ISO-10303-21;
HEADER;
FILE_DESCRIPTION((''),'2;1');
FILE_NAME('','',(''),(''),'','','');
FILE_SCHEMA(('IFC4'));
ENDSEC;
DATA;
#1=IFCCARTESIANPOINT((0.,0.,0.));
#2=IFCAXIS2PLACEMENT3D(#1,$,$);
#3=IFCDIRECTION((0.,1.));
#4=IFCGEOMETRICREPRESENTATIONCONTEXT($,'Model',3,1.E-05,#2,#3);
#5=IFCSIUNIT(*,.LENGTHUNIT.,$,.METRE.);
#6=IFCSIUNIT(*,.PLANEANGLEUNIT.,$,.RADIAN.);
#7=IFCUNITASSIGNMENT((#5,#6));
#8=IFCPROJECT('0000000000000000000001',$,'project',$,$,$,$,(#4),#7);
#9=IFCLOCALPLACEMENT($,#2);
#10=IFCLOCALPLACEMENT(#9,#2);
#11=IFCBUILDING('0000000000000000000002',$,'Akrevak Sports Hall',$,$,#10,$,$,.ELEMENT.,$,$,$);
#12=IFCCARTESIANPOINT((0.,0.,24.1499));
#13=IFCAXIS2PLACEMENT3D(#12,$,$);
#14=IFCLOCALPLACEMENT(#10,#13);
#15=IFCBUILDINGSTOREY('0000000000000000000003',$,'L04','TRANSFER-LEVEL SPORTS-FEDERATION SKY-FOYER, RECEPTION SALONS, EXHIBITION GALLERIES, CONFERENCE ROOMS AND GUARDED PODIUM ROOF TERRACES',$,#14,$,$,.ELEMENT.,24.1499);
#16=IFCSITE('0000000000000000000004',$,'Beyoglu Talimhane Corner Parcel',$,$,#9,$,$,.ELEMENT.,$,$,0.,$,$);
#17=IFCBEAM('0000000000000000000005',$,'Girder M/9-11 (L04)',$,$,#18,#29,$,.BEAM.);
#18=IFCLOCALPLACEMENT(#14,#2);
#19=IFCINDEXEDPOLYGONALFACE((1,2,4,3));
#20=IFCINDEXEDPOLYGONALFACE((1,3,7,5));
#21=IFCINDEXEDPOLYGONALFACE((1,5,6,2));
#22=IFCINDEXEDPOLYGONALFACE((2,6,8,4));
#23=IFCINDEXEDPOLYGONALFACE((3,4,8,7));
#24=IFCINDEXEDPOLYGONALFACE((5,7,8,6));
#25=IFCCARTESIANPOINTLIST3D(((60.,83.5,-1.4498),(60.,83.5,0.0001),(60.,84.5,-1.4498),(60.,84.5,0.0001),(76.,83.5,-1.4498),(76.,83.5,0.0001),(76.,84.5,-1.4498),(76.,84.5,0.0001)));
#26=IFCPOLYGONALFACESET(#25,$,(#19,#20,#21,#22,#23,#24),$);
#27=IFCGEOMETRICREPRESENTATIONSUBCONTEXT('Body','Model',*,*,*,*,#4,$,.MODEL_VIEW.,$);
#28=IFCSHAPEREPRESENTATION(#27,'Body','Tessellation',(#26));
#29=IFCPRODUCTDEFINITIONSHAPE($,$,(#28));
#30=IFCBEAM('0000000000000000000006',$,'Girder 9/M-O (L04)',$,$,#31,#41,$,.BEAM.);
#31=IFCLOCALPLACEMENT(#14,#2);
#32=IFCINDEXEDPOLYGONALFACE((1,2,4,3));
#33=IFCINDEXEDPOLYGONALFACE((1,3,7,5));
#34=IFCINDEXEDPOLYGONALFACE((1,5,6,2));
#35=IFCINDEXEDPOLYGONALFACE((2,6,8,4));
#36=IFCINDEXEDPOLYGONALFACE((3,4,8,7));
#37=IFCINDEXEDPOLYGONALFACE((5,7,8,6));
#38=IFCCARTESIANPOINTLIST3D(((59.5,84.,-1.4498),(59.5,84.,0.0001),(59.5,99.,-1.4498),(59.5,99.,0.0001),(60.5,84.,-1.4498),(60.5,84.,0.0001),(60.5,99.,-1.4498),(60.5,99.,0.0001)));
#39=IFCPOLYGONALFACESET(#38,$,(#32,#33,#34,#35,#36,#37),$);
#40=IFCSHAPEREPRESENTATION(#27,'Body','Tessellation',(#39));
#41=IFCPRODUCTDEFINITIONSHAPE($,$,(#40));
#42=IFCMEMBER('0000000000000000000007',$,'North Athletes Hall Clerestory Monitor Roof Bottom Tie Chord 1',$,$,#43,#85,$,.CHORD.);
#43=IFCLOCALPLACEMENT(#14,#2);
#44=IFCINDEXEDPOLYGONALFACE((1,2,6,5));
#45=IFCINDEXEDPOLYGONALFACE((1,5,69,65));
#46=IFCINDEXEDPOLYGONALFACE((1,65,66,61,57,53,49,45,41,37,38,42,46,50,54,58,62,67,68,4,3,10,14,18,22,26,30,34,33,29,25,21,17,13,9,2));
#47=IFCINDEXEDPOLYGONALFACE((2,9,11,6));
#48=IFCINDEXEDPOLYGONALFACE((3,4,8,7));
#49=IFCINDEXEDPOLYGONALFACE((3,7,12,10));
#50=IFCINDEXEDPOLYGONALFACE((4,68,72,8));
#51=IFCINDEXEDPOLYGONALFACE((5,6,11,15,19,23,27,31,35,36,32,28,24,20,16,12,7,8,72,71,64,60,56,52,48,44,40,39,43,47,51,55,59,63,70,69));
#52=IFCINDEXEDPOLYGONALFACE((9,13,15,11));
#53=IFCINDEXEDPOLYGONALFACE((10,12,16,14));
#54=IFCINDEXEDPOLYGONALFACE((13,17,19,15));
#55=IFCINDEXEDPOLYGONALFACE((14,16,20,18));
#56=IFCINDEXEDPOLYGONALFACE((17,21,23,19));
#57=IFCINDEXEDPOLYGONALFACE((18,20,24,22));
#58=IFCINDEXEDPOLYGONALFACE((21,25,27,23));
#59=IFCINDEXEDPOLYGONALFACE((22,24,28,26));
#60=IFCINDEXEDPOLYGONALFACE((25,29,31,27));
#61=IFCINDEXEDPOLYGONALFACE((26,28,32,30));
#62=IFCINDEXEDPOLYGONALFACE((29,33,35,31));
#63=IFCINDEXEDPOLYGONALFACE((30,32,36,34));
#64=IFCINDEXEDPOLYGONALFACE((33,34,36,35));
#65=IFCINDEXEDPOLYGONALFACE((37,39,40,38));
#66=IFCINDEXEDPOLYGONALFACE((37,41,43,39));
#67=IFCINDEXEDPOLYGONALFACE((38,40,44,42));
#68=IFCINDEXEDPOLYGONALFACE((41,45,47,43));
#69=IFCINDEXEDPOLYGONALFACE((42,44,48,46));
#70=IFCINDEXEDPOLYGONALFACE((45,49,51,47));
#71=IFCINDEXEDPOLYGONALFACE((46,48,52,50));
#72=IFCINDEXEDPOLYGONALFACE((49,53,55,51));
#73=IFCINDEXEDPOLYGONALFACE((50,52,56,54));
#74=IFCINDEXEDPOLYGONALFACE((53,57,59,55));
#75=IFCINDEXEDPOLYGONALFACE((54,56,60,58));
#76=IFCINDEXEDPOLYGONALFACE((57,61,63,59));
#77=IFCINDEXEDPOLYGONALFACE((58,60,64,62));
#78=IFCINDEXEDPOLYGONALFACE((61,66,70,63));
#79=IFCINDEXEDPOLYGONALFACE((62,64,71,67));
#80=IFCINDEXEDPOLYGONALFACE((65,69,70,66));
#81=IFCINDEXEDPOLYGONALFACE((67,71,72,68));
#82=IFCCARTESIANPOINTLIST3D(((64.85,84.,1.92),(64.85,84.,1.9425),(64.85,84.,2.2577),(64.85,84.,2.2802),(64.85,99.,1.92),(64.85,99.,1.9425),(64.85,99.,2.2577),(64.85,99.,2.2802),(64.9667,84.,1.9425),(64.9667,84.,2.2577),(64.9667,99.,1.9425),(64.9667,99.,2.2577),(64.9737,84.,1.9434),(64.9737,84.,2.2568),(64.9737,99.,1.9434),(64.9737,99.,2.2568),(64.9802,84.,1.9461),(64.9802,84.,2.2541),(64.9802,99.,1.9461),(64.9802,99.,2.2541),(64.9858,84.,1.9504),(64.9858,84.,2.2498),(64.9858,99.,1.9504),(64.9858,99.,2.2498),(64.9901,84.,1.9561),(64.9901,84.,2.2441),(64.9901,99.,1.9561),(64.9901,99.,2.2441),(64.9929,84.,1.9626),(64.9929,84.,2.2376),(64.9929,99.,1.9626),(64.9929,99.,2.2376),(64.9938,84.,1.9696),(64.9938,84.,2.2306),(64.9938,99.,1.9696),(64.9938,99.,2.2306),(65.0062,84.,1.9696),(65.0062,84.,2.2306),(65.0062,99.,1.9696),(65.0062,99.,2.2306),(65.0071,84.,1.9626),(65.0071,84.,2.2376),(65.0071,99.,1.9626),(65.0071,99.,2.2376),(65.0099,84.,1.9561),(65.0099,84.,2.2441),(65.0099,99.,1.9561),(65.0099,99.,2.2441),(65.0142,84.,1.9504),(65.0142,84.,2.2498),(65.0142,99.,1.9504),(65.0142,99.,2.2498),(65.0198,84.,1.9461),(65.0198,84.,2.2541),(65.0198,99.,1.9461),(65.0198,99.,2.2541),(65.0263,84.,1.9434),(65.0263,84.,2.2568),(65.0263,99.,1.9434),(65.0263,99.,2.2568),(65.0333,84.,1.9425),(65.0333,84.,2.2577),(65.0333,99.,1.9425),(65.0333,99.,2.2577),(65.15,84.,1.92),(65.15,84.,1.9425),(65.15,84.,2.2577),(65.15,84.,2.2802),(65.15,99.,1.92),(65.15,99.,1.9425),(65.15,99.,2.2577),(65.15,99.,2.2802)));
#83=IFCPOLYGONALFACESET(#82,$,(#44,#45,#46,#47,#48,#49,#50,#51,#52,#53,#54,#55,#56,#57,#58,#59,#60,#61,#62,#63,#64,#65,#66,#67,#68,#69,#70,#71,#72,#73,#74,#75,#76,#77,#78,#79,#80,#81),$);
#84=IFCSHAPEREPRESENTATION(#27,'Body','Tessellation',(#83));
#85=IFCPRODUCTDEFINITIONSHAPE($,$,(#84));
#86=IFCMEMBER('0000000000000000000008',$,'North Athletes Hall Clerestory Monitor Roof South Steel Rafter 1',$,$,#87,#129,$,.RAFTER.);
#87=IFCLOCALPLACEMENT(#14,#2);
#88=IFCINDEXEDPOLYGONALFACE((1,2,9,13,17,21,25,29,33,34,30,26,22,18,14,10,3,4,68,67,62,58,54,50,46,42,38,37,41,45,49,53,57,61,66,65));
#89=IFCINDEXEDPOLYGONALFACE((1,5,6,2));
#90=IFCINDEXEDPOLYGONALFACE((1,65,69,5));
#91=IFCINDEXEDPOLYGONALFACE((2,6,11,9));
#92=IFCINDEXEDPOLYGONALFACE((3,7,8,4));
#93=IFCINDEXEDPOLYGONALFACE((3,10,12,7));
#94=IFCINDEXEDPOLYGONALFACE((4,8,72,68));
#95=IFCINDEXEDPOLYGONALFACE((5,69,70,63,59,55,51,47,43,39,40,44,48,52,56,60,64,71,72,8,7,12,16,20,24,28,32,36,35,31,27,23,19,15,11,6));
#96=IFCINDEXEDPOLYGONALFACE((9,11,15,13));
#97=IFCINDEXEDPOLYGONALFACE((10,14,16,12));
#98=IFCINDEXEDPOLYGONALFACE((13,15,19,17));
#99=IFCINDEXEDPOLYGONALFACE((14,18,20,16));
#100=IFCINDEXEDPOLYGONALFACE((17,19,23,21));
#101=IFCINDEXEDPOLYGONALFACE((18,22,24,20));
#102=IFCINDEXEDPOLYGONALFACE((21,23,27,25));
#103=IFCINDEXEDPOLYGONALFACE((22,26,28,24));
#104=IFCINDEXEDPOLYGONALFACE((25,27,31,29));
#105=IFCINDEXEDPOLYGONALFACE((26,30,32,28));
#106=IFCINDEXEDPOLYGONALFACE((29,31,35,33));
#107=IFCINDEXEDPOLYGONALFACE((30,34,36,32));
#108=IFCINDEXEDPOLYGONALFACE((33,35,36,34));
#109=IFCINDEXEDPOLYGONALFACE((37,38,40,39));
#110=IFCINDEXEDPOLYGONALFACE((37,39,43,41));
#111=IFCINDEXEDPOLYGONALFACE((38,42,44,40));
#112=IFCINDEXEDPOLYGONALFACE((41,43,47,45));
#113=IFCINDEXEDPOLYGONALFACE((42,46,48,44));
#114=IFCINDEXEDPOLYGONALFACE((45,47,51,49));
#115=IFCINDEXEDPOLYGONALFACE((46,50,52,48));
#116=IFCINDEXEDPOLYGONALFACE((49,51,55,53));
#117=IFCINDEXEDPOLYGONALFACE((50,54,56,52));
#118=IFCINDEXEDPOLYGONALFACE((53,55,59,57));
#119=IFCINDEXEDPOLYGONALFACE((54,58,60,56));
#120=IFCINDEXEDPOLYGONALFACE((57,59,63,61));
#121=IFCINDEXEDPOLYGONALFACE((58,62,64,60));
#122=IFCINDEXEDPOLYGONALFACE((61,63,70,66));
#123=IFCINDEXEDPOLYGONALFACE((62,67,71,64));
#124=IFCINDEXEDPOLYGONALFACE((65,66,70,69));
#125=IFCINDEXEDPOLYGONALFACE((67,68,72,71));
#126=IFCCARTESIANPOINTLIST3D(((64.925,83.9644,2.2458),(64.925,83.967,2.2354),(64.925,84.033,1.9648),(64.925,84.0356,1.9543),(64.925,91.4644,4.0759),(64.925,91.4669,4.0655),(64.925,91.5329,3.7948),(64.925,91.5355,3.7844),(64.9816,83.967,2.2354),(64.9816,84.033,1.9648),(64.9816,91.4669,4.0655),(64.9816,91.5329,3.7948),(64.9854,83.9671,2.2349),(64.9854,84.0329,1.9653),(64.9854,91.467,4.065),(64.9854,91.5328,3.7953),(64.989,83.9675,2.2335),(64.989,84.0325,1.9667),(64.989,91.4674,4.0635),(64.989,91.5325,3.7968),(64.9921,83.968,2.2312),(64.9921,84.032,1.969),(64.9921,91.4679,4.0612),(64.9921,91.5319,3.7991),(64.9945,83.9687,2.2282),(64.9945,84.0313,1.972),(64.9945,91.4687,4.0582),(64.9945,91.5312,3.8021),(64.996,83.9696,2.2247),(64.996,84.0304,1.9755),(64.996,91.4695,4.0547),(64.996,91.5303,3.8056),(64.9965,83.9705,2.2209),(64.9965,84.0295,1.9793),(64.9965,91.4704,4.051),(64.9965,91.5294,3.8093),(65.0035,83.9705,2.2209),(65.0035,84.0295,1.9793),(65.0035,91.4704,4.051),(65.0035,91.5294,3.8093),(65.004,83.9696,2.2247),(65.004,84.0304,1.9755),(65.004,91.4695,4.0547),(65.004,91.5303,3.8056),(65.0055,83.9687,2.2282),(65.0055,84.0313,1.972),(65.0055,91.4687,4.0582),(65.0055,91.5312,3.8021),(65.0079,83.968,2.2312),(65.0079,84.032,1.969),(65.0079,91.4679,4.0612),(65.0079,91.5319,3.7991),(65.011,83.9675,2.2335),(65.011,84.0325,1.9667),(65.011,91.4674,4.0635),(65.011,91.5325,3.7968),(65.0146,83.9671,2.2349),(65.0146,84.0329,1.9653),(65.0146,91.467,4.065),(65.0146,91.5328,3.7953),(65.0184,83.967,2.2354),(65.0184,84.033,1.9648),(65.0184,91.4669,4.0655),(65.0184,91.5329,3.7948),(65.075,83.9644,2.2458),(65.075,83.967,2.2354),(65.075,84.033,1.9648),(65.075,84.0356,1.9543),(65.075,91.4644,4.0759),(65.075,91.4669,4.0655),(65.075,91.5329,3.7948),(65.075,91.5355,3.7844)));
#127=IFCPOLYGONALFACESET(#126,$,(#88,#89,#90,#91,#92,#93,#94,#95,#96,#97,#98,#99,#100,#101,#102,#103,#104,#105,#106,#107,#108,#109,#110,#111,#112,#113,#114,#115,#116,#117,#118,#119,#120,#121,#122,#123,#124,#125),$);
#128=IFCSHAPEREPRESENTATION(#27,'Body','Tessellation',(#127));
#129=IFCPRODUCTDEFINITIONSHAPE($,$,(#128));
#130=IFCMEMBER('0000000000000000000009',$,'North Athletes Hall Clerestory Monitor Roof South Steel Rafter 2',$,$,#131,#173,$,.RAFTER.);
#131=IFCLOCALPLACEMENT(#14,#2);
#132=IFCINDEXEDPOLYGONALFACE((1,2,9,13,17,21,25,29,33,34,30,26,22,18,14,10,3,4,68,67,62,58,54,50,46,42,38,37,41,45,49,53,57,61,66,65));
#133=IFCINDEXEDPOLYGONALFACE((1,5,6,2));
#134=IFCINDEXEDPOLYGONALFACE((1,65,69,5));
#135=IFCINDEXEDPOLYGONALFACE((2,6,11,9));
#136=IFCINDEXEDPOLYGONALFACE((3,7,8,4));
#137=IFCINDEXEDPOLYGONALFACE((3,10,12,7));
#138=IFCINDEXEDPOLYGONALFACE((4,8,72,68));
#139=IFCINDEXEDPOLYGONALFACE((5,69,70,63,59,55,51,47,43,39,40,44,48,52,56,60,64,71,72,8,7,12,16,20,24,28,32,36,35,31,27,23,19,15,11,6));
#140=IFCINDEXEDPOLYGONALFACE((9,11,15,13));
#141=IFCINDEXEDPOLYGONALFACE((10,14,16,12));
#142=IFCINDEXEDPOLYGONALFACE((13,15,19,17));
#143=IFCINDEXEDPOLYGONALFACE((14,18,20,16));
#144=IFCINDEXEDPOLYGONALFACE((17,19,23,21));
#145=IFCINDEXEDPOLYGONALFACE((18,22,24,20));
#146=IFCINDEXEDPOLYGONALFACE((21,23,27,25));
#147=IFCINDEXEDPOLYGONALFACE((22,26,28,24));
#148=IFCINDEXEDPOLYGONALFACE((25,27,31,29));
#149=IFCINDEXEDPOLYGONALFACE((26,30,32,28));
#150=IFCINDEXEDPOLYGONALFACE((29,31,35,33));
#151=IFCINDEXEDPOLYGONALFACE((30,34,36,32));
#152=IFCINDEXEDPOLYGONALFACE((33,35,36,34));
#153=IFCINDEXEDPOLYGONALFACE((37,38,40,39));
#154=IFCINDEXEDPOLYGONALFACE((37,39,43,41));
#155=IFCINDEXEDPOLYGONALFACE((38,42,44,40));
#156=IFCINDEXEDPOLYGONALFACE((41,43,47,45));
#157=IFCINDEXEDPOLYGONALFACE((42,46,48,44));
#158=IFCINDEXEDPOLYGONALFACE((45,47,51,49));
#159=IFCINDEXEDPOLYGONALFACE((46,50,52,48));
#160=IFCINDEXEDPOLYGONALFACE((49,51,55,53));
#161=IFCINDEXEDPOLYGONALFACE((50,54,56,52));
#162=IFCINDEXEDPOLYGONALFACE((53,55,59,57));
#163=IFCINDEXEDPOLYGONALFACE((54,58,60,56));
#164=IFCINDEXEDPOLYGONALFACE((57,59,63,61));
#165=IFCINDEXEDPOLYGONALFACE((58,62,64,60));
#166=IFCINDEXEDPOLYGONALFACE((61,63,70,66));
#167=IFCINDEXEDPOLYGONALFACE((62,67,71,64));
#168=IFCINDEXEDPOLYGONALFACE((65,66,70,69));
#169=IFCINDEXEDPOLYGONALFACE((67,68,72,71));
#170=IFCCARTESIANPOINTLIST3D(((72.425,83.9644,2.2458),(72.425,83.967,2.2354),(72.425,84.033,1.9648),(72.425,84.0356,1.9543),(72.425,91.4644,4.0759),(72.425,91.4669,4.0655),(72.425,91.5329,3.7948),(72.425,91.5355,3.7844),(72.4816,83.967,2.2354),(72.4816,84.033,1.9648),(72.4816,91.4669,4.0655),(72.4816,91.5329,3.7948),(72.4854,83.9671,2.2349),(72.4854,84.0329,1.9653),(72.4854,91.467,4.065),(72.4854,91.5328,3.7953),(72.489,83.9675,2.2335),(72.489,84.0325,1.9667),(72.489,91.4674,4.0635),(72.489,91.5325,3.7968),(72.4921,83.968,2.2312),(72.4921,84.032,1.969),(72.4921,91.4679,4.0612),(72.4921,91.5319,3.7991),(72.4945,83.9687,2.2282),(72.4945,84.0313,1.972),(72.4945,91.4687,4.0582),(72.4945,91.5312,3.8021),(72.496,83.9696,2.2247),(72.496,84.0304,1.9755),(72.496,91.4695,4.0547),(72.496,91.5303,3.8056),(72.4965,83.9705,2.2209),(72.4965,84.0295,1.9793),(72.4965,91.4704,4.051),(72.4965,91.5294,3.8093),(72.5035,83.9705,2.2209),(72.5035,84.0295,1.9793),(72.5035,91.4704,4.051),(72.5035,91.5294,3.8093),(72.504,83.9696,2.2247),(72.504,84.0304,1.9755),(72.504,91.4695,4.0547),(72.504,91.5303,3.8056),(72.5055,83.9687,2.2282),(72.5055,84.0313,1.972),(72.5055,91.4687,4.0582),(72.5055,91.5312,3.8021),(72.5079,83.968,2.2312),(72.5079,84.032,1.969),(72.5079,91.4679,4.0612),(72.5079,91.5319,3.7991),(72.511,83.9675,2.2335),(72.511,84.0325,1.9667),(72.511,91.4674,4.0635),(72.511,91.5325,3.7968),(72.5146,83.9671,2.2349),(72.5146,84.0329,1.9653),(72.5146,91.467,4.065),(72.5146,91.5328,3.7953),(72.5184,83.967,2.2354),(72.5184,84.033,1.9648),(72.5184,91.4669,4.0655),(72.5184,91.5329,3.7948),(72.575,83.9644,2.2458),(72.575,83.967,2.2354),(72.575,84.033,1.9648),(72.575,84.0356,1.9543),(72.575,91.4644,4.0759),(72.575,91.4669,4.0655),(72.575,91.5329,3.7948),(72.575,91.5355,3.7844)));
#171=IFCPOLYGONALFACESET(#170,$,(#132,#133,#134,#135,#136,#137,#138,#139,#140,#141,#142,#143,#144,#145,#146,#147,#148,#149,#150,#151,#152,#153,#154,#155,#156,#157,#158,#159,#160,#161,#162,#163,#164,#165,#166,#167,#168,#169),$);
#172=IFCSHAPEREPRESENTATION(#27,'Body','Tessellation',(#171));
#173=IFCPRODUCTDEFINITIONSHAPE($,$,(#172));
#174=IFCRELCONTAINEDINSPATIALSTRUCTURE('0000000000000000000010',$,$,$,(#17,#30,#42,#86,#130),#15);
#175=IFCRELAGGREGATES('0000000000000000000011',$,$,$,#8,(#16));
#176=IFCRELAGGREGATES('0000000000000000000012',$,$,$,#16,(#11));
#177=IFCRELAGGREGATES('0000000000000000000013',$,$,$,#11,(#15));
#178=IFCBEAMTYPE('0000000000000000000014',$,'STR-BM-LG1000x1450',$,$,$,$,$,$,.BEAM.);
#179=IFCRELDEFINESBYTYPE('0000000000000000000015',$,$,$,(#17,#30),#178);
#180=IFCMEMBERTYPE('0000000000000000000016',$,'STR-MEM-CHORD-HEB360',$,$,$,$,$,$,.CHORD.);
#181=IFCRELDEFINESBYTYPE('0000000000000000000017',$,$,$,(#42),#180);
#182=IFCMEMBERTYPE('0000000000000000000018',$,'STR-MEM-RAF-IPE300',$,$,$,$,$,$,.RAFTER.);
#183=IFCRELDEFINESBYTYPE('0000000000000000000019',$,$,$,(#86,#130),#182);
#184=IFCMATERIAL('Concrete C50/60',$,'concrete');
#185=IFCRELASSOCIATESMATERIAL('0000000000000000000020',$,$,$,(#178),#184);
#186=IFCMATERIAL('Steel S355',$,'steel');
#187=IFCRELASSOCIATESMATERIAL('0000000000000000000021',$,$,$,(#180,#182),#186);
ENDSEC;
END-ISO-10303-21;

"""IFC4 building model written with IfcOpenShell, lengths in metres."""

from ifc_helpers import new_model, si_unit, direction, frame, origin, origin_2d, place, context, subcontext, project, spatial, rectangle, i_section, extrude, material, material_profile, profile_set, type_object, element, save


model = new_model("IFC4")

# Units and contexts
model_context = context("Model", 3, precision=1e-05, world=origin(), true_north=direction((0.0, 1.0)))
body_context = subcontext(model_context, "Body", "Model", "MODEL_VIEW")
ifc_project = project(units=[si_unit("LENGTHUNIT", "METRE"), si_unit("PLANEANGLEUNIT", "RADIAN")], contexts=[model_context])

# Site, building, storey
site_placement = place(None, origin())
site = spatial("IfcSite", under=ifc_project, at=site_placement, Name="Beyoglu Talimhane Corner Parcel", CompositionType="ELEMENT", RefElevation=0.0)
building_placement = place(site_placement, origin())
building = spatial("IfcBuilding", under=site, at=building_placement, Name="Akrevak Sports Hall", CompositionType="ELEMENT")
storey_placement = place(building_placement, frame((0.0, 0.0, 24.1499)))
storey = spatial("IfcBuildingStorey", under=building, at=storey_placement, Name="L04", Description="TRANSFER-LEVEL SPORTS-FEDERATION SKY-FOYER, RECEPTION SALONS, EXHIBITION GALLERIES, CONFERENCE ROOMS AND GUARDED PODIUM ROOF TERRACES", CompositionType="ELEMENT", Elevation=24.1499)

# Beams
ifc_material_1 = material(Name="Concrete C50/60", Category="concrete")
ifc_material_profile_1 = material_profile(ifc_material_1, rectangle(XDim=1.0, YDim=1.45, at=origin_2d()), Name="BM 1000x1450", Category="concrete")
ifc_profile_set_1 = profile_set([ifc_material_profile_1], Name="Concrete C50/60")
beam_type = type_object("IfcBeamType", Name="STR-BM-LG1000x1450", PredefinedType="BEAM", material=ifc_profile_set_1)
beam_1_placement = place(storey_placement, frame((60.0, 84.0, -0.7249), z_axis=(1.0, 0.0, 0.0), x_axis=(0.0, 1.0, 0.0)))
element("IfcBeam", 1, at=beam_1_placement, inside=storey, type_object=beam_type, Name="Girder M/9-11 (L04)", PredefinedType="BEAM", context=body_context, shape_type="SweptSolid", body=[
    extrude(rectangle(XDim=1.0, YDim=1.45, at=origin_2d()), origin(), (0.0, 0.0, 1.0), 16.0),
])
beam_2_placement = place(storey_placement, frame((60.0, 84.0, -0.7249), z_axis=(0.0, 1.0, 0.0), x_axis=(-1.0, 0.0, 0.0)))
element("IfcBeam", 2, at=beam_2_placement, inside=storey, type_object=beam_type, Name="Girder 9/M-O (L04)", PredefinedType="BEAM", context=body_context, shape_type="SweptSolid", body=[
    extrude(rectangle(XDim=1.0, YDim=1.45, at=origin_2d()), origin(), (0.0, 0.0, 1.0), 15.0),
])

# Members
ifc_material_2 = material(Name="Steel S355", Category="steel")
ifc_material_profile_2 = material_profile(ifc_material_2, i_section(OverallWidth=0.3, OverallDepth=0.3601, WebThickness=0.0125, FlangeThickness=0.0225, FilletRadius=0.0271, at=origin_2d()), Name="HEB 360", Category="steel")
ifc_profile_set_2 = profile_set([ifc_material_profile_2], Name="Steel S355")
member_type_1 = type_object("IfcMemberType", Name="STR-MEM-CHORD-HEB360", PredefinedType="CHORD", material=ifc_profile_set_2)
member_placement = place(storey_placement, frame((65.0, 84.0, 2.1001), z_axis=(0.0, 1.0, 0.0), x_axis=(-1.0, 0.0, 0.0)))
element("IfcMember", 3, at=member_placement, inside=storey, type_object=member_type_1, Name="North Athletes Hall Clerestory Monitor Roof Bottom Tie Chord 1", PredefinedType="CHORD", context=body_context, shape_type="SweptSolid", body=[
    extrude(i_section(OverallWidth=0.3, OverallDepth=0.3601, WebThickness=0.0125, FlangeThickness=0.0225, FilletRadius=0.0271, at=origin_2d()), origin(), (0.0, 0.0, 1.0), 15.0),
])
ifc_material_profile_3 = material_profile(ifc_material_2, i_section(OverallWidth=0.1499, OverallDepth=0.3, WebThickness=0.0071, FlangeThickness=0.0107, FilletRadius=0.0149, at=origin_2d()), Name="IPE 300", Category="steel")
ifc_profile_set_3 = profile_set([ifc_material_profile_3], Name="Steel S355")
member_type_2 = type_object("IfcMemberType", Name="STR-MEM-RAF-IPE300", PredefinedType="RAFTER", material=ifc_profile_set_3)
for number, where, z_axis, x_axis, name in (
    (4, (65.0, 84.0, 2.1001), (0.0, 0.971496, 0.237055), (-1.0, 0.0, 0.0), "North Athletes Hall Clerestory Monitor Roof South Steel Rafter 1"),
    (5, (72.5, 84.0, 2.1001), (0.0, 0.971496, 0.237055), (-1.0, 0.0, 0.0), "North Athletes Hall Clerestory Monitor Roof South Steel Rafter 2"),
):
    element("IfcMember", number, at=place(storey_placement, frame(where, z_axis=z_axis, x_axis=x_axis)), inside=storey, type_object=member_type_2, Name=name, PredefinedType="RAFTER", context=body_context, shape_type="SweptSolid", body=[
        extrude(i_section(OverallWidth=0.1499, OverallDepth=0.3, WebThickness=0.0071, FlangeThickness=0.0107, FilletRadius=0.0149, at=origin_2d()), origin(), (0.0, 0.0, 1.0), 7.72),
    ])

save(model, "model.ifc")
